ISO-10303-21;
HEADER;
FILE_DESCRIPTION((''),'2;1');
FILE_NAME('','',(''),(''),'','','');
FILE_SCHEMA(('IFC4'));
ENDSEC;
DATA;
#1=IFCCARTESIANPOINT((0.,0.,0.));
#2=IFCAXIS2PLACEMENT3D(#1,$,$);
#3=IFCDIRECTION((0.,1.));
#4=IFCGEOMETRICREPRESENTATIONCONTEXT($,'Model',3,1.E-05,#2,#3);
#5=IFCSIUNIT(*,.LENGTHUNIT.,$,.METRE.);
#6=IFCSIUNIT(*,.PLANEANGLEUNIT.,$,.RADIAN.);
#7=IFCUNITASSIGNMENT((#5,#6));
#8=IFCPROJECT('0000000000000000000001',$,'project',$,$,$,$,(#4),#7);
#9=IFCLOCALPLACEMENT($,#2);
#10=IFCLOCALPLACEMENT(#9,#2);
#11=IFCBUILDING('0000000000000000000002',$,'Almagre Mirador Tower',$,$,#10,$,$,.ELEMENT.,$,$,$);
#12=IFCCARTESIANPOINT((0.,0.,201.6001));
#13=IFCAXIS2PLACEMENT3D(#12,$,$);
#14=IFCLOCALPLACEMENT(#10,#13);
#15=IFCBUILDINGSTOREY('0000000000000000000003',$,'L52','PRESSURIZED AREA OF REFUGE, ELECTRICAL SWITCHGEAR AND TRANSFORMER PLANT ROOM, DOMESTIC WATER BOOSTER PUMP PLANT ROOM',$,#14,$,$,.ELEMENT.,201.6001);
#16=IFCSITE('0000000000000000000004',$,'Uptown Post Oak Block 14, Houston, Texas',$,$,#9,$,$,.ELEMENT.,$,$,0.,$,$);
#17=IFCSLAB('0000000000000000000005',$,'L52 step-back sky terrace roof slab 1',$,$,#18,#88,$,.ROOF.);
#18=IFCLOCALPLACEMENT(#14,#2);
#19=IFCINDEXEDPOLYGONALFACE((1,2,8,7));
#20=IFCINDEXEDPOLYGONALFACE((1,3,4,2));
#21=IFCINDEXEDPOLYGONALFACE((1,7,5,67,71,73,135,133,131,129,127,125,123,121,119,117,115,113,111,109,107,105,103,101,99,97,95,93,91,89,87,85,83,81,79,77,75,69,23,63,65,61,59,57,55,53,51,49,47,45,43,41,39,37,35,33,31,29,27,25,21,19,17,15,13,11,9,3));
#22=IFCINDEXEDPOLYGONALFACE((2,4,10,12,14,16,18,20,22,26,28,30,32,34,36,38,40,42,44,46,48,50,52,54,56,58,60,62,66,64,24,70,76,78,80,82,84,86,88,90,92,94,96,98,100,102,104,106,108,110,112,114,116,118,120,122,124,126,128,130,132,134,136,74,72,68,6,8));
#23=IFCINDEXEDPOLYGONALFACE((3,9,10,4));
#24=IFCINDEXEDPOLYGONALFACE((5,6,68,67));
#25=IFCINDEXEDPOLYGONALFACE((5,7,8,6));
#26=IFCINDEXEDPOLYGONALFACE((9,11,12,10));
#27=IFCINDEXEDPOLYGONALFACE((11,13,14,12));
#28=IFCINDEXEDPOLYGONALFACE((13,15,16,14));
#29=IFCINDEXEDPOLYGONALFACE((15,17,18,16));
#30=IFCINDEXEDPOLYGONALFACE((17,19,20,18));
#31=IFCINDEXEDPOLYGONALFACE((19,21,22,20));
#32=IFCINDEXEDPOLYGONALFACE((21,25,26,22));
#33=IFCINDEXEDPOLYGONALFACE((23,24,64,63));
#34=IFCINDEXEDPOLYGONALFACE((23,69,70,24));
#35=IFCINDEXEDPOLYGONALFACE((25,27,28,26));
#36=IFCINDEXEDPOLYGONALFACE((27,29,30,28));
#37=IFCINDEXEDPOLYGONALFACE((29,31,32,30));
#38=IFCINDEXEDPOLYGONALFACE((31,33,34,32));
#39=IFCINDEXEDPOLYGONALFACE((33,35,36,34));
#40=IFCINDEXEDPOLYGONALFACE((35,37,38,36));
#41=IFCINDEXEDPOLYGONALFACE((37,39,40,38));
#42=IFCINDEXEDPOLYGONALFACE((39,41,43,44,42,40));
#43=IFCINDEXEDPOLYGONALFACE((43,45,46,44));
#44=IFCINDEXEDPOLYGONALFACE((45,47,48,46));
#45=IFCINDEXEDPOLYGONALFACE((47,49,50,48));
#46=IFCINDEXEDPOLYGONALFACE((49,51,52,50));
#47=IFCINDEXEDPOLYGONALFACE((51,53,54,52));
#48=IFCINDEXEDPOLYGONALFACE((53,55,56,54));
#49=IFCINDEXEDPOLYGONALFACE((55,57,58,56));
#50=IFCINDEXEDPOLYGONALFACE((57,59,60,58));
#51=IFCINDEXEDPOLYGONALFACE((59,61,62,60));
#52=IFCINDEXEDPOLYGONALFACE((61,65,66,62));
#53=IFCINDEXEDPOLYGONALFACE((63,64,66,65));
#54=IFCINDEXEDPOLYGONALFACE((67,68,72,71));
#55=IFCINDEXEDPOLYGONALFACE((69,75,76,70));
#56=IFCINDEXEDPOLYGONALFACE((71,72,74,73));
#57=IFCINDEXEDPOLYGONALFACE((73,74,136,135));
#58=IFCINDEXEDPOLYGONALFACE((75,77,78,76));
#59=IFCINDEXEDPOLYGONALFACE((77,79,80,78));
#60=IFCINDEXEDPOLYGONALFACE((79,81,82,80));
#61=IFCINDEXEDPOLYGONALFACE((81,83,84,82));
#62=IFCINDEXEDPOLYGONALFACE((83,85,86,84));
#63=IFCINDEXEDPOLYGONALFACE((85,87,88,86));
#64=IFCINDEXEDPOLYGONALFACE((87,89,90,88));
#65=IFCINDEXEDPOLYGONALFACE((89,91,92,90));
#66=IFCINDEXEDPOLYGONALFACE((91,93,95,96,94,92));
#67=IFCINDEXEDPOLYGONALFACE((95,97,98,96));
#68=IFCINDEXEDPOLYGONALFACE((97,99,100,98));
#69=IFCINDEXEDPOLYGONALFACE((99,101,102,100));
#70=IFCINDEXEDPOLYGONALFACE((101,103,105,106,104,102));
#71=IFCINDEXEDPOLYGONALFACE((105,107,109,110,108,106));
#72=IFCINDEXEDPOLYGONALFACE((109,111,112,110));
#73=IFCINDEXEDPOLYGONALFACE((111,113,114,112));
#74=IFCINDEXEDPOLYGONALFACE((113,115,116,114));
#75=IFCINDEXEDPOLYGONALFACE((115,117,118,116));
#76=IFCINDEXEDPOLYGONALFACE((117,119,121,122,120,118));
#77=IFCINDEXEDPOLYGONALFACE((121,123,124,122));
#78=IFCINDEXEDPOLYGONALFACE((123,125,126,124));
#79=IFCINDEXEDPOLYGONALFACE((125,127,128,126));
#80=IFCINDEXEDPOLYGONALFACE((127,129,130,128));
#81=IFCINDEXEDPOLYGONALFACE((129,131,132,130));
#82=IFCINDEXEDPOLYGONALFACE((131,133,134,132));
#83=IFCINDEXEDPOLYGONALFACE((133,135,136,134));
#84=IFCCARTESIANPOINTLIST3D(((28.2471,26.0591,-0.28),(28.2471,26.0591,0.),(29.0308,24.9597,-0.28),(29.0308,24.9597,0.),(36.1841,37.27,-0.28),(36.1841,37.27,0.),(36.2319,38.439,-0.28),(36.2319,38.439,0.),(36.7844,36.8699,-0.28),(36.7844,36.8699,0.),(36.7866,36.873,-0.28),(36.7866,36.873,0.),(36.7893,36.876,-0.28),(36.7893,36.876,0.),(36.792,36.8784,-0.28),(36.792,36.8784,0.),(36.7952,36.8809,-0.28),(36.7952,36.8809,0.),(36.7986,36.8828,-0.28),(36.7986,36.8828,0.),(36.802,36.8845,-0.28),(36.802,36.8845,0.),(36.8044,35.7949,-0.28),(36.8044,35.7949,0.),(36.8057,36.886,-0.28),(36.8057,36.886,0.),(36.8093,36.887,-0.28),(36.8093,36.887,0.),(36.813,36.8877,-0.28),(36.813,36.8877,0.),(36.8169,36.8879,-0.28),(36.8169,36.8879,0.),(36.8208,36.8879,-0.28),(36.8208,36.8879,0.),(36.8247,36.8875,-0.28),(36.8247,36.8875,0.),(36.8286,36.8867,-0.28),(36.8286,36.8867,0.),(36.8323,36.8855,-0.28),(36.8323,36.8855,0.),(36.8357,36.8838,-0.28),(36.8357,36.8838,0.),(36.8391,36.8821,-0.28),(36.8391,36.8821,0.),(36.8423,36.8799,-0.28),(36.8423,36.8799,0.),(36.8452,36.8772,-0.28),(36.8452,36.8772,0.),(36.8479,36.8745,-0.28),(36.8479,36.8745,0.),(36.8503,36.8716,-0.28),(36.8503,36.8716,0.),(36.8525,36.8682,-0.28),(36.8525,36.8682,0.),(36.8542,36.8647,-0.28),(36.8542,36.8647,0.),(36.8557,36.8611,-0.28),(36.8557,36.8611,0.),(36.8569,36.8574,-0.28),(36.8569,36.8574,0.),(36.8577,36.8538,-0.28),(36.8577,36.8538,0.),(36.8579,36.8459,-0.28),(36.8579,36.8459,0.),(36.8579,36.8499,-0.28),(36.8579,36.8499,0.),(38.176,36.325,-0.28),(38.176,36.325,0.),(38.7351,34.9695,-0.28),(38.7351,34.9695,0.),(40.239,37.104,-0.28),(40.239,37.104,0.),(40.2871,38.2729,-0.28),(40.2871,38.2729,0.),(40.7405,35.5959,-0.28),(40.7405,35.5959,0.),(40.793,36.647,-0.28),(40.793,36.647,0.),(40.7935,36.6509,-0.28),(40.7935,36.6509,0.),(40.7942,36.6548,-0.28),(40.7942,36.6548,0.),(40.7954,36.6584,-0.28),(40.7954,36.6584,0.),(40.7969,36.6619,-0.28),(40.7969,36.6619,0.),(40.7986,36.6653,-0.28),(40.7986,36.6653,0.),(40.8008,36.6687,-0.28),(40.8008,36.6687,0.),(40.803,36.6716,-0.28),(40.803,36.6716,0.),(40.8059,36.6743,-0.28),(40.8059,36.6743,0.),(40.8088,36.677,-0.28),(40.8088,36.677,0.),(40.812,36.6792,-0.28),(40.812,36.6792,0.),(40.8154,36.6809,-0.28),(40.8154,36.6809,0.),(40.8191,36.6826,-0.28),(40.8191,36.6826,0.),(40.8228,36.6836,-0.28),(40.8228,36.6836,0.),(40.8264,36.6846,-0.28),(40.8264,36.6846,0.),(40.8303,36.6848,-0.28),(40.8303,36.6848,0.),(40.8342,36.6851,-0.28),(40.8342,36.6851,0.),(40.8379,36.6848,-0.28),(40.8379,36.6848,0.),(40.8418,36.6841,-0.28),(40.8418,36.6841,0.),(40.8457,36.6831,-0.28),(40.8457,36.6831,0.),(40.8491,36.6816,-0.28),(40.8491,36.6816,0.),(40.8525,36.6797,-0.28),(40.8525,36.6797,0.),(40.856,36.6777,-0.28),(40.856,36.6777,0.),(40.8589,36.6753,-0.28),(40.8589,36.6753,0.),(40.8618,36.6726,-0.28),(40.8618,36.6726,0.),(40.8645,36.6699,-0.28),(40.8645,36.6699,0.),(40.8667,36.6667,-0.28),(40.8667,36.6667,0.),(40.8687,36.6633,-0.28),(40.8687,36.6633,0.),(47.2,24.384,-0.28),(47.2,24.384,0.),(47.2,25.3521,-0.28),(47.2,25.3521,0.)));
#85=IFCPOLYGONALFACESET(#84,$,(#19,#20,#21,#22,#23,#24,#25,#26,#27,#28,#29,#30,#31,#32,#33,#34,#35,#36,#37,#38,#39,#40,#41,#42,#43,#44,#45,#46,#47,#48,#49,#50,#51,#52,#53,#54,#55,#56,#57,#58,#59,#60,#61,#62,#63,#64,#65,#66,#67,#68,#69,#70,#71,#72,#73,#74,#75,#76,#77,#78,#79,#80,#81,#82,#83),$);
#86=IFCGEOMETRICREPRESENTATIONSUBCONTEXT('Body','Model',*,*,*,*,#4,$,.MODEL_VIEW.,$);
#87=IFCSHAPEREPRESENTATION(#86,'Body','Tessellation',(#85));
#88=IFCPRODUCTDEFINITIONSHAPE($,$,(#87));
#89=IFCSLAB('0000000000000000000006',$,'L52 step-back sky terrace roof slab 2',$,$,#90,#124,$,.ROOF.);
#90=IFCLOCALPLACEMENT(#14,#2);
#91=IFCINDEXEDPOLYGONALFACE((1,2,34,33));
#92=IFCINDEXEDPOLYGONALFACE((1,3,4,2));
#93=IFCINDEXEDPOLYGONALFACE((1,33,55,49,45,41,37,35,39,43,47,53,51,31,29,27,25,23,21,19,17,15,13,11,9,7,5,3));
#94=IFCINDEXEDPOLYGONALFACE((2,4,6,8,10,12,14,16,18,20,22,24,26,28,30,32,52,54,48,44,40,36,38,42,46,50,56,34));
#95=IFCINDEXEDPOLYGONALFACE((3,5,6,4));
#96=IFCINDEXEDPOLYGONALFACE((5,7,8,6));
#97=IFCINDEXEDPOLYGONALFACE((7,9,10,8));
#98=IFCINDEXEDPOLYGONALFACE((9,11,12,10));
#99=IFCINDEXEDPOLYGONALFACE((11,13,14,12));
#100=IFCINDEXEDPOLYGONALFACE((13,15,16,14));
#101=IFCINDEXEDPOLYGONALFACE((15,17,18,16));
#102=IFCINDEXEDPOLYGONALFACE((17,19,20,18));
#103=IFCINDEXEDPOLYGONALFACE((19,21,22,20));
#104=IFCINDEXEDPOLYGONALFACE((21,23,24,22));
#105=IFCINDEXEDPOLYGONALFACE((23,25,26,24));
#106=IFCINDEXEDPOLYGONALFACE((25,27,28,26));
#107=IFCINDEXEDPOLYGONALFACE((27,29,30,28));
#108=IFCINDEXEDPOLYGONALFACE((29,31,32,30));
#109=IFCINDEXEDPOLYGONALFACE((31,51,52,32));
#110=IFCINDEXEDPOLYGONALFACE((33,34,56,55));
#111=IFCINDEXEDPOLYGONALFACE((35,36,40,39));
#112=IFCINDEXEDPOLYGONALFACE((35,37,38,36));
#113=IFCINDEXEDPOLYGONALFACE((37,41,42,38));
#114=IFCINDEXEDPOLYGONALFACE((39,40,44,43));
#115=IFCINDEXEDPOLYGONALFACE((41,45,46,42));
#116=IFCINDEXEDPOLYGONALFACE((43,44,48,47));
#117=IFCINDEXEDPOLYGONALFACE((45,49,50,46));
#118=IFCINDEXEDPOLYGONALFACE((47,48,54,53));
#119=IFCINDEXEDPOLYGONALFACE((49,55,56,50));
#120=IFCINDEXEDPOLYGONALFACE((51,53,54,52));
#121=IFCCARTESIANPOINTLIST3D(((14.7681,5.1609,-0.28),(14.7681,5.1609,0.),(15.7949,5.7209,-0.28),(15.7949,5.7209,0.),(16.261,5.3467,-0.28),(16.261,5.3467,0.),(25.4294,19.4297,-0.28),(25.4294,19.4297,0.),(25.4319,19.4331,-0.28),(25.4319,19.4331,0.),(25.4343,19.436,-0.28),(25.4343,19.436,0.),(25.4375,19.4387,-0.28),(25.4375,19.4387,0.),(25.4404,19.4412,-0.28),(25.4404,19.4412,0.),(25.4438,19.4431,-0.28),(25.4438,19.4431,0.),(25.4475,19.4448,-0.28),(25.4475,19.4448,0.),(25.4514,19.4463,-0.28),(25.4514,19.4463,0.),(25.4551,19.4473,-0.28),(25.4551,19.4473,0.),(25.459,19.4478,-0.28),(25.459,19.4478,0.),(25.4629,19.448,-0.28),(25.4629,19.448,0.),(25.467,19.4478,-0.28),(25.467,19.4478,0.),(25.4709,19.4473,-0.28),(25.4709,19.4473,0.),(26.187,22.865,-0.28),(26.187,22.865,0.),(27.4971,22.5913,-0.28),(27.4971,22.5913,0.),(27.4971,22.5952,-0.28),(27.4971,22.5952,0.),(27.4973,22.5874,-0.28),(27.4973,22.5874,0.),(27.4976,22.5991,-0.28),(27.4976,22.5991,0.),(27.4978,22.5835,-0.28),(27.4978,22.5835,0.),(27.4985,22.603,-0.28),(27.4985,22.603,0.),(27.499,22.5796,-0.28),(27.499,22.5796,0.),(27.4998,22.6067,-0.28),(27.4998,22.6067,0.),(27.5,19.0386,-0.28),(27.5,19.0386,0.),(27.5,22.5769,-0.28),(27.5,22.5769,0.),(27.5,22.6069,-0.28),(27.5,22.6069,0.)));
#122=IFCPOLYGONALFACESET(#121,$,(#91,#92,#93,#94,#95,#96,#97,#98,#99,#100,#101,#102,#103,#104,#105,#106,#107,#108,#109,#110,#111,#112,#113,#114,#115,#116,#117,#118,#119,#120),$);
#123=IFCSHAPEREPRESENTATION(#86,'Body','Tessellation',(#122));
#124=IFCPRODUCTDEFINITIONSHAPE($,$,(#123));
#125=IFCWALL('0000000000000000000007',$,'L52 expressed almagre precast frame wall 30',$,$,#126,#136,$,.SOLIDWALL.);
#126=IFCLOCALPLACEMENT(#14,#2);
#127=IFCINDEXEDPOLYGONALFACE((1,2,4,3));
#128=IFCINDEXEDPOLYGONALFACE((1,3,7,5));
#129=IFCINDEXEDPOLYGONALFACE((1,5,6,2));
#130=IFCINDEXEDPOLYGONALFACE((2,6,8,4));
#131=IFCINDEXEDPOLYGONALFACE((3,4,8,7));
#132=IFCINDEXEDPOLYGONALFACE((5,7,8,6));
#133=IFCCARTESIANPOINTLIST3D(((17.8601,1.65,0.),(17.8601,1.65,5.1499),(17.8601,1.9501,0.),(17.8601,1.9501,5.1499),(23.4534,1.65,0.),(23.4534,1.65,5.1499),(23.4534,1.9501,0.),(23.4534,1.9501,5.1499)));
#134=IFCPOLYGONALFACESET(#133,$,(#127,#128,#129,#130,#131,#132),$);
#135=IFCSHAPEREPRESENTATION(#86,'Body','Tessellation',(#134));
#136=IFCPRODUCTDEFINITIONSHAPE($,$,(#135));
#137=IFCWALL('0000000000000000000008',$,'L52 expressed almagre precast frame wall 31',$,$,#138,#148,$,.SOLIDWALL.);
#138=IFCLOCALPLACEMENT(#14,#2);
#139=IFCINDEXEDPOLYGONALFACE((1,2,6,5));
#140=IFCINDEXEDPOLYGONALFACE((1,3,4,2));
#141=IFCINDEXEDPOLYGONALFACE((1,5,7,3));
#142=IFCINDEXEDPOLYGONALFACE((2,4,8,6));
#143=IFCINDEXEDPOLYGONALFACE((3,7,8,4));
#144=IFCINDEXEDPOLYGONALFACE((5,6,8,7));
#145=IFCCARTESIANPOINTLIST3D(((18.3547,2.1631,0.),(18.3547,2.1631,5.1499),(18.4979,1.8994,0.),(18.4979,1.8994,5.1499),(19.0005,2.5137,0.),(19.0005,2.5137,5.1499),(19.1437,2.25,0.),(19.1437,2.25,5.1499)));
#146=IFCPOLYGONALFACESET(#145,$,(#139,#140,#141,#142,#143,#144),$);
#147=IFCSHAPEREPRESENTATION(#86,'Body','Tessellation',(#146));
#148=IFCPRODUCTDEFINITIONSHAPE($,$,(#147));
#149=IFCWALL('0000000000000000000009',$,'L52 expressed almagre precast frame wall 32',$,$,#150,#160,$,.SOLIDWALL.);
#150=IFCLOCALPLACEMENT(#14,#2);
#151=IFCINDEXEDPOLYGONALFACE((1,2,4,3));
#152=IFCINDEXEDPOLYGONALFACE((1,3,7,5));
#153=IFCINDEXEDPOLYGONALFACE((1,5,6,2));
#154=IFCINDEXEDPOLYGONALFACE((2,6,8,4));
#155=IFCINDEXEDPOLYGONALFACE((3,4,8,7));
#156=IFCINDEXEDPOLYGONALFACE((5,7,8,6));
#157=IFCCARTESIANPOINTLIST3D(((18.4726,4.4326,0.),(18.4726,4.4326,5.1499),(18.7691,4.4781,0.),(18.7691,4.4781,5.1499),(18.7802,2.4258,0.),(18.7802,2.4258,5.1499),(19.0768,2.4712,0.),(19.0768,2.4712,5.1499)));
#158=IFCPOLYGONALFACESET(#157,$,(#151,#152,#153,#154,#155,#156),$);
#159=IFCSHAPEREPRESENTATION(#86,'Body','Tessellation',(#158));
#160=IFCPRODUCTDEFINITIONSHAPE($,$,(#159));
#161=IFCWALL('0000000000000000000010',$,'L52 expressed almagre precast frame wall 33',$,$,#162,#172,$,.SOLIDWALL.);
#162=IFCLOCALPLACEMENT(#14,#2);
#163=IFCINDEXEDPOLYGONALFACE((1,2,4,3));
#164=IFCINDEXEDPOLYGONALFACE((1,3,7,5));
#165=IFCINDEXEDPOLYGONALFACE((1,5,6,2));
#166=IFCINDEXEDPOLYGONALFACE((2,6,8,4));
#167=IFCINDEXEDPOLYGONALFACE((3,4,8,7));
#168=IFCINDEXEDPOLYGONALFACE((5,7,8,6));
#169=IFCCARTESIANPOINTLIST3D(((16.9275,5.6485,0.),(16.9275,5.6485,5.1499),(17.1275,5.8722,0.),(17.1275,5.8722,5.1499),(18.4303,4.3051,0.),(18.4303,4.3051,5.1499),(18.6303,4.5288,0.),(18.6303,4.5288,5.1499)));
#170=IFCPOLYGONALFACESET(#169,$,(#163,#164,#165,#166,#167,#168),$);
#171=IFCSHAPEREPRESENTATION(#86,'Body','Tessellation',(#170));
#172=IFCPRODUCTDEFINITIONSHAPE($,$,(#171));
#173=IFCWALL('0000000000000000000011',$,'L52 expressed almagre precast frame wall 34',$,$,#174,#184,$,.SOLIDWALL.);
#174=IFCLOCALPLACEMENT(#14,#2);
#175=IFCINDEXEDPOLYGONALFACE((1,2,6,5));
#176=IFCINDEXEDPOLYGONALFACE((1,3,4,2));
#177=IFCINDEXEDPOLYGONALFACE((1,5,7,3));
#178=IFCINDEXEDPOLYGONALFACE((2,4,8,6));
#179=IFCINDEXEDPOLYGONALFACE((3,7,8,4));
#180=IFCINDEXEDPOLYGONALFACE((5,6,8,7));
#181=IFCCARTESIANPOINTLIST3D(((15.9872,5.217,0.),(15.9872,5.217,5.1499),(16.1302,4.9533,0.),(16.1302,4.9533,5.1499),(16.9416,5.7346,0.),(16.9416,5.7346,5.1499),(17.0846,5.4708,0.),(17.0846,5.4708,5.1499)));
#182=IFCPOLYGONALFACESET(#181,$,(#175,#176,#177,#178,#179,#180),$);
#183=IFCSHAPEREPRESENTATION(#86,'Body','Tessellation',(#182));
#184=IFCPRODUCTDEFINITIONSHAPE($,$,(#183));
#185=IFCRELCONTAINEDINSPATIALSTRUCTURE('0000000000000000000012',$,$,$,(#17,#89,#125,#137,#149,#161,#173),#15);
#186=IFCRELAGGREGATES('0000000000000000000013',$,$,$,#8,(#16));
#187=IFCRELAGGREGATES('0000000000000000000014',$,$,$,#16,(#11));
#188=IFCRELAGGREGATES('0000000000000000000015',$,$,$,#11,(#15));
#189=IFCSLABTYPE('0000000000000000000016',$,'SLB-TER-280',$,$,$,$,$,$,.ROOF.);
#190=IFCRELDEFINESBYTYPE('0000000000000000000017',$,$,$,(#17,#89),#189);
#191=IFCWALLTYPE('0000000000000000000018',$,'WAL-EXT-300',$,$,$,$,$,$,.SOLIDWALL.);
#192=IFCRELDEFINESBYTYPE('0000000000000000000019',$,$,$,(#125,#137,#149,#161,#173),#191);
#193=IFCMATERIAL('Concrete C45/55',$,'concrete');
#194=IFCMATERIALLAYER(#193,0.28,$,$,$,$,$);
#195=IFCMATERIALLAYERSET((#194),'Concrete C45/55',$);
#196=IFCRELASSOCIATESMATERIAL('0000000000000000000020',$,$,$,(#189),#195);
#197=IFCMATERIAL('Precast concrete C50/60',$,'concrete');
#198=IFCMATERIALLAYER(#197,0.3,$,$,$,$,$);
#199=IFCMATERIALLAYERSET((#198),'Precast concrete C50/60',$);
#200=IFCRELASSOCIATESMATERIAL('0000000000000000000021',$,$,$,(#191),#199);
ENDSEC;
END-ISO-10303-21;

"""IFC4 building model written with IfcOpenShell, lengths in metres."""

from ifc_helpers import new_model, si_unit, direction, frame, frame_2d, origin, place, context, subcontext, project, spatial, polyline, rectangle, outline, extrude, material, layer, layer_set, type_object, element, save


model = new_model("IFC4")

# Units and contexts
model_context = context("Model", 3, precision=1e-05, world=origin(), true_north=direction((0.0, 1.0)))
body_context = subcontext(model_context, "Body", "Model", "MODEL_VIEW")
ifc_project = project(units=[si_unit("LENGTHUNIT", "METRE"), si_unit("PLANEANGLEUNIT", "RADIAN")], contexts=[model_context])

# Site, building, storey
site_placement = place(None, origin())
site = spatial("IfcSite", under=ifc_project, at=site_placement, Name="Uptown Post Oak Block 14, Houston, Texas", CompositionType="ELEMENT", RefElevation=0.0)
building_placement = place(site_placement, origin())
building = spatial("IfcBuilding", under=site, at=building_placement, Name="Almagre Mirador Tower", CompositionType="ELEMENT")
storey_placement = place(building_placement, frame((0.0, 0.0, 201.6001)))
storey = spatial("IfcBuildingStorey", under=building, at=storey_placement, Name="L52", Description="PRESSURIZED AREA OF REFUGE, ELECTRICAL SWITCHGEAR AND TRANSFORMER PLANT ROOM, DOMESTIC WATER BOOSTER PUMP PLANT ROOM", CompositionType="ELEMENT", Elevation=201.6001)

# Slabs
ifc_material_1 = material(Name="Concrete C45/55", Category="concrete")
ifc_layer_1 = layer(ifc_material_1, 0.28)
ifc_layer_set_1 = layer_set([ifc_layer_1], Name="Concrete C45/55")
slab_type_1 = type_object("IfcSlabType", Name="SLB-TER-280", PredefinedType="ROOF", material=ifc_layer_set_1)
slab_1_placement = place(storey_placement, frame((0.0, 0.0, -0.28)))
element("IfcSlab", 1, at=slab_1_placement, inside=storey, type_object=slab_type_1, Name="L52 step-back sky terrace roof slab 1", PredefinedType="ROOF", context=body_context, shape_type="SweptSolid", body=[
    extrude(outline(polyline([(28.2471, 26.0591), (29.0308, 24.9597), (36.7844, 36.8699), (36.7866, 36.873), (36.7893, 36.876), (36.792, 36.8784), (36.7952, 36.8809), (36.7986, 36.8828), (36.802, 36.8845), (36.8057, 36.886), (36.8093, 36.887), (36.813, 36.8877), (36.8169, 36.8879), (36.8208, 36.8879), (36.8247, 36.8875), (36.8286, 36.8867), (36.8323, 36.8855), (36.8357, 36.8838), (36.8391, 36.8821), (36.8423, 36.8799), (36.8452, 36.8772), (36.8479, 36.8745), (36.8503, 36.8716), (36.8525, 36.8682), (36.8542, 36.8647), (36.8557, 36.8611), (36.8569, 36.8574), (36.8577, 36.8538), (36.8579, 36.8499), (36.8579, 36.8459), (36.8044, 35.7949), (38.7351, 34.9695), (40.7405, 35.5959), (40.793, 36.647), (40.7935, 36.6509), (40.7942, 36.6548), (40.7954, 36.6584), (40.7969, 36.6619), (40.7986, 36.6653), (40.8008, 36.6687), (40.803, 36.6716), (40.8059, 36.6743), (40.8088, 36.677), (40.812, 36.6792), (40.8154, 36.6809), (40.8191, 36.6826), (40.8228, 36.6836), (40.8264, 36.6846), (40.8303, 36.6848), (40.8342, 36.6851), (40.8379, 36.6848), (40.8418, 36.6841), (40.8457, 36.6831), (40.8491, 36.6816), (40.8525, 36.6797), (40.856, 36.6777), (40.8589, 36.6753), (40.8618, 36.6726), (40.8645, 36.6699), (40.8667, 36.6667), (40.8687, 36.6633), (47.2, 24.384), (47.2, 25.3521), (40.2871, 38.2729), (40.239, 37.104), (38.176, 36.325), (36.1841, 37.27), (36.2319, 38.439), (28.2471, 26.0591)])), origin(), (0.0, 0.0, 1.0), 0.28),
])
slab_2_placement = place(storey_placement, frame((0.0, 0.0, -0.28)))
element("IfcSlab", 2, at=slab_2_placement, inside=storey, type_object=slab_type_1, Name="L52 step-back sky terrace roof slab 2", PredefinedType="ROOF", context=body_context, shape_type="SweptSolid", body=[
    extrude(outline(polyline([(15.7949, 5.7209), (16.261, 5.3467), (25.4294, 19.4297), (25.4319, 19.4331), (25.4343, 19.436), (25.4375, 19.4387), (25.4404, 19.4412), (25.4438, 19.4431), (25.4475, 19.4448), (25.4514, 19.4463), (25.4551, 19.4473), (25.459, 19.4478), (25.4629, 19.448), (25.467, 19.4478), (25.4709, 19.4473), (27.5, 19.0386), (27.5, 22.5769), (27.499, 22.5796), (27.4978, 22.5835), (27.4973, 22.5874), (27.4971, 22.5913), (27.4971, 22.5952), (27.4976, 22.5991), (27.4985, 22.603), (27.4998, 22.6067), (27.5, 22.6069), (26.187, 22.865), (14.7681, 5.1609), (15.7949, 5.7209)])), origin(), (0.0, 0.0, 1.0), 0.28),
])

# Walls
ifc_material_2 = material(Name="Precast concrete C50/60", Category="concrete")
ifc_layer_2 = layer(ifc_material_2, 0.3)
ifc_layer_set_2 = layer_set([ifc_layer_2], Name="Precast concrete C50/60")
wall_type_1 = type_object("IfcWallType", Name="WAL-EXT-300", PredefinedType="SOLIDWALL", material=ifc_layer_set_2)
wall_1_placement = place(storey_placement, frame((23.4534, 1.8, 0.0), z_axis=(0.0, 0.0, 1.0), x_axis=(-1.0, 0.0, 0.0)))
element("IfcWall", 3, at=wall_1_placement, inside=storey, type_object=wall_type_1, Name="L52 expressed almagre precast frame wall 30", PredefinedType="SOLIDWALL", context=body_context, shape_type="SweptSolid", body=[
    extrude(rectangle(XDim=5.5933, YDim=0.3, at=frame_2d((2.7966, 0.0))), origin(), (0.0, 0.0, 1.0), 5.1499),
])
wall_2_placement = place(storey_placement, frame((18.4263, 2.0312, 0.0), z_axis=(0.0, 0.0, 1.0), x_axis=(0.878834, 0.477129, 0.0)))
element("IfcWall", 4, at=wall_2_placement, inside=storey, type_object=wall_type_1, Name="L52 expressed almagre precast frame wall 31", PredefinedType="SOLIDWALL", context=body_context, shape_type="SweptSolid", body=[
    extrude(rectangle(XDim=0.7349, YDim=0.3, at=frame_2d((0.3674, 0.0))), origin(), (0.0, 0.0, 1.0), 5.1499),
])
wall_3_placement = place(storey_placement, frame((18.9285, 2.4485, 0.0), z_axis=(0.0, 0.0, 1.0), x_axis=(-0.151515, 0.988455, 0.0)))
element("IfcWall", 5, at=wall_3_placement, inside=storey, type_object=wall_type_1, Name="L52 expressed almagre precast frame wall 32", PredefinedType="SOLIDWALL", context=body_context, shape_type="SweptSolid", body=[
    extrude(rectangle(XDim=2.0303, YDim=0.3, at=frame_2d((1.0151, 0.0))), origin(), (0.0, 0.0, 1.0), 5.1499),
])
wall_4_placement = place(storey_placement, frame((18.5303, 4.417, 0.0), z_axis=(0.0, 0.0, 1.0), x_axis=(-0.745549, 0.666451, 0.0)))
element("IfcWall", 6, at=wall_4_placement, inside=storey, type_object=wall_type_1, Name="L52 expressed almagre precast frame wall 33", PredefinedType="SOLIDWALL", context=body_context, shape_type="SweptSolid", body=[
    extrude(rectangle(XDim=2.0156, YDim=0.3, at=frame_2d((1.0078, 0.0))), origin(), (0.0, 0.0, 1.0), 5.1499),
])
wall_5_placement = place(storey_placement, frame((17.0132, 5.6028, 0.0), z_axis=(0.0, 0.0, 1.0), x_axis=(-0.879045, -0.476739, 0.0)))
element("IfcWall", 7, at=wall_5_placement, inside=storey, type_object=wall_type_1, Name="L52 expressed almagre precast frame wall 34", PredefinedType="SOLIDWALL", context=body_context, shape_type="SweptSolid", body=[
    extrude(rectangle(XDim=1.0857, YDim=0.3, at=frame_2d((0.543, 0.0))), origin(), (0.0, 0.0, 1.0), 5.1499),
])

save(model, "model.ifc")
